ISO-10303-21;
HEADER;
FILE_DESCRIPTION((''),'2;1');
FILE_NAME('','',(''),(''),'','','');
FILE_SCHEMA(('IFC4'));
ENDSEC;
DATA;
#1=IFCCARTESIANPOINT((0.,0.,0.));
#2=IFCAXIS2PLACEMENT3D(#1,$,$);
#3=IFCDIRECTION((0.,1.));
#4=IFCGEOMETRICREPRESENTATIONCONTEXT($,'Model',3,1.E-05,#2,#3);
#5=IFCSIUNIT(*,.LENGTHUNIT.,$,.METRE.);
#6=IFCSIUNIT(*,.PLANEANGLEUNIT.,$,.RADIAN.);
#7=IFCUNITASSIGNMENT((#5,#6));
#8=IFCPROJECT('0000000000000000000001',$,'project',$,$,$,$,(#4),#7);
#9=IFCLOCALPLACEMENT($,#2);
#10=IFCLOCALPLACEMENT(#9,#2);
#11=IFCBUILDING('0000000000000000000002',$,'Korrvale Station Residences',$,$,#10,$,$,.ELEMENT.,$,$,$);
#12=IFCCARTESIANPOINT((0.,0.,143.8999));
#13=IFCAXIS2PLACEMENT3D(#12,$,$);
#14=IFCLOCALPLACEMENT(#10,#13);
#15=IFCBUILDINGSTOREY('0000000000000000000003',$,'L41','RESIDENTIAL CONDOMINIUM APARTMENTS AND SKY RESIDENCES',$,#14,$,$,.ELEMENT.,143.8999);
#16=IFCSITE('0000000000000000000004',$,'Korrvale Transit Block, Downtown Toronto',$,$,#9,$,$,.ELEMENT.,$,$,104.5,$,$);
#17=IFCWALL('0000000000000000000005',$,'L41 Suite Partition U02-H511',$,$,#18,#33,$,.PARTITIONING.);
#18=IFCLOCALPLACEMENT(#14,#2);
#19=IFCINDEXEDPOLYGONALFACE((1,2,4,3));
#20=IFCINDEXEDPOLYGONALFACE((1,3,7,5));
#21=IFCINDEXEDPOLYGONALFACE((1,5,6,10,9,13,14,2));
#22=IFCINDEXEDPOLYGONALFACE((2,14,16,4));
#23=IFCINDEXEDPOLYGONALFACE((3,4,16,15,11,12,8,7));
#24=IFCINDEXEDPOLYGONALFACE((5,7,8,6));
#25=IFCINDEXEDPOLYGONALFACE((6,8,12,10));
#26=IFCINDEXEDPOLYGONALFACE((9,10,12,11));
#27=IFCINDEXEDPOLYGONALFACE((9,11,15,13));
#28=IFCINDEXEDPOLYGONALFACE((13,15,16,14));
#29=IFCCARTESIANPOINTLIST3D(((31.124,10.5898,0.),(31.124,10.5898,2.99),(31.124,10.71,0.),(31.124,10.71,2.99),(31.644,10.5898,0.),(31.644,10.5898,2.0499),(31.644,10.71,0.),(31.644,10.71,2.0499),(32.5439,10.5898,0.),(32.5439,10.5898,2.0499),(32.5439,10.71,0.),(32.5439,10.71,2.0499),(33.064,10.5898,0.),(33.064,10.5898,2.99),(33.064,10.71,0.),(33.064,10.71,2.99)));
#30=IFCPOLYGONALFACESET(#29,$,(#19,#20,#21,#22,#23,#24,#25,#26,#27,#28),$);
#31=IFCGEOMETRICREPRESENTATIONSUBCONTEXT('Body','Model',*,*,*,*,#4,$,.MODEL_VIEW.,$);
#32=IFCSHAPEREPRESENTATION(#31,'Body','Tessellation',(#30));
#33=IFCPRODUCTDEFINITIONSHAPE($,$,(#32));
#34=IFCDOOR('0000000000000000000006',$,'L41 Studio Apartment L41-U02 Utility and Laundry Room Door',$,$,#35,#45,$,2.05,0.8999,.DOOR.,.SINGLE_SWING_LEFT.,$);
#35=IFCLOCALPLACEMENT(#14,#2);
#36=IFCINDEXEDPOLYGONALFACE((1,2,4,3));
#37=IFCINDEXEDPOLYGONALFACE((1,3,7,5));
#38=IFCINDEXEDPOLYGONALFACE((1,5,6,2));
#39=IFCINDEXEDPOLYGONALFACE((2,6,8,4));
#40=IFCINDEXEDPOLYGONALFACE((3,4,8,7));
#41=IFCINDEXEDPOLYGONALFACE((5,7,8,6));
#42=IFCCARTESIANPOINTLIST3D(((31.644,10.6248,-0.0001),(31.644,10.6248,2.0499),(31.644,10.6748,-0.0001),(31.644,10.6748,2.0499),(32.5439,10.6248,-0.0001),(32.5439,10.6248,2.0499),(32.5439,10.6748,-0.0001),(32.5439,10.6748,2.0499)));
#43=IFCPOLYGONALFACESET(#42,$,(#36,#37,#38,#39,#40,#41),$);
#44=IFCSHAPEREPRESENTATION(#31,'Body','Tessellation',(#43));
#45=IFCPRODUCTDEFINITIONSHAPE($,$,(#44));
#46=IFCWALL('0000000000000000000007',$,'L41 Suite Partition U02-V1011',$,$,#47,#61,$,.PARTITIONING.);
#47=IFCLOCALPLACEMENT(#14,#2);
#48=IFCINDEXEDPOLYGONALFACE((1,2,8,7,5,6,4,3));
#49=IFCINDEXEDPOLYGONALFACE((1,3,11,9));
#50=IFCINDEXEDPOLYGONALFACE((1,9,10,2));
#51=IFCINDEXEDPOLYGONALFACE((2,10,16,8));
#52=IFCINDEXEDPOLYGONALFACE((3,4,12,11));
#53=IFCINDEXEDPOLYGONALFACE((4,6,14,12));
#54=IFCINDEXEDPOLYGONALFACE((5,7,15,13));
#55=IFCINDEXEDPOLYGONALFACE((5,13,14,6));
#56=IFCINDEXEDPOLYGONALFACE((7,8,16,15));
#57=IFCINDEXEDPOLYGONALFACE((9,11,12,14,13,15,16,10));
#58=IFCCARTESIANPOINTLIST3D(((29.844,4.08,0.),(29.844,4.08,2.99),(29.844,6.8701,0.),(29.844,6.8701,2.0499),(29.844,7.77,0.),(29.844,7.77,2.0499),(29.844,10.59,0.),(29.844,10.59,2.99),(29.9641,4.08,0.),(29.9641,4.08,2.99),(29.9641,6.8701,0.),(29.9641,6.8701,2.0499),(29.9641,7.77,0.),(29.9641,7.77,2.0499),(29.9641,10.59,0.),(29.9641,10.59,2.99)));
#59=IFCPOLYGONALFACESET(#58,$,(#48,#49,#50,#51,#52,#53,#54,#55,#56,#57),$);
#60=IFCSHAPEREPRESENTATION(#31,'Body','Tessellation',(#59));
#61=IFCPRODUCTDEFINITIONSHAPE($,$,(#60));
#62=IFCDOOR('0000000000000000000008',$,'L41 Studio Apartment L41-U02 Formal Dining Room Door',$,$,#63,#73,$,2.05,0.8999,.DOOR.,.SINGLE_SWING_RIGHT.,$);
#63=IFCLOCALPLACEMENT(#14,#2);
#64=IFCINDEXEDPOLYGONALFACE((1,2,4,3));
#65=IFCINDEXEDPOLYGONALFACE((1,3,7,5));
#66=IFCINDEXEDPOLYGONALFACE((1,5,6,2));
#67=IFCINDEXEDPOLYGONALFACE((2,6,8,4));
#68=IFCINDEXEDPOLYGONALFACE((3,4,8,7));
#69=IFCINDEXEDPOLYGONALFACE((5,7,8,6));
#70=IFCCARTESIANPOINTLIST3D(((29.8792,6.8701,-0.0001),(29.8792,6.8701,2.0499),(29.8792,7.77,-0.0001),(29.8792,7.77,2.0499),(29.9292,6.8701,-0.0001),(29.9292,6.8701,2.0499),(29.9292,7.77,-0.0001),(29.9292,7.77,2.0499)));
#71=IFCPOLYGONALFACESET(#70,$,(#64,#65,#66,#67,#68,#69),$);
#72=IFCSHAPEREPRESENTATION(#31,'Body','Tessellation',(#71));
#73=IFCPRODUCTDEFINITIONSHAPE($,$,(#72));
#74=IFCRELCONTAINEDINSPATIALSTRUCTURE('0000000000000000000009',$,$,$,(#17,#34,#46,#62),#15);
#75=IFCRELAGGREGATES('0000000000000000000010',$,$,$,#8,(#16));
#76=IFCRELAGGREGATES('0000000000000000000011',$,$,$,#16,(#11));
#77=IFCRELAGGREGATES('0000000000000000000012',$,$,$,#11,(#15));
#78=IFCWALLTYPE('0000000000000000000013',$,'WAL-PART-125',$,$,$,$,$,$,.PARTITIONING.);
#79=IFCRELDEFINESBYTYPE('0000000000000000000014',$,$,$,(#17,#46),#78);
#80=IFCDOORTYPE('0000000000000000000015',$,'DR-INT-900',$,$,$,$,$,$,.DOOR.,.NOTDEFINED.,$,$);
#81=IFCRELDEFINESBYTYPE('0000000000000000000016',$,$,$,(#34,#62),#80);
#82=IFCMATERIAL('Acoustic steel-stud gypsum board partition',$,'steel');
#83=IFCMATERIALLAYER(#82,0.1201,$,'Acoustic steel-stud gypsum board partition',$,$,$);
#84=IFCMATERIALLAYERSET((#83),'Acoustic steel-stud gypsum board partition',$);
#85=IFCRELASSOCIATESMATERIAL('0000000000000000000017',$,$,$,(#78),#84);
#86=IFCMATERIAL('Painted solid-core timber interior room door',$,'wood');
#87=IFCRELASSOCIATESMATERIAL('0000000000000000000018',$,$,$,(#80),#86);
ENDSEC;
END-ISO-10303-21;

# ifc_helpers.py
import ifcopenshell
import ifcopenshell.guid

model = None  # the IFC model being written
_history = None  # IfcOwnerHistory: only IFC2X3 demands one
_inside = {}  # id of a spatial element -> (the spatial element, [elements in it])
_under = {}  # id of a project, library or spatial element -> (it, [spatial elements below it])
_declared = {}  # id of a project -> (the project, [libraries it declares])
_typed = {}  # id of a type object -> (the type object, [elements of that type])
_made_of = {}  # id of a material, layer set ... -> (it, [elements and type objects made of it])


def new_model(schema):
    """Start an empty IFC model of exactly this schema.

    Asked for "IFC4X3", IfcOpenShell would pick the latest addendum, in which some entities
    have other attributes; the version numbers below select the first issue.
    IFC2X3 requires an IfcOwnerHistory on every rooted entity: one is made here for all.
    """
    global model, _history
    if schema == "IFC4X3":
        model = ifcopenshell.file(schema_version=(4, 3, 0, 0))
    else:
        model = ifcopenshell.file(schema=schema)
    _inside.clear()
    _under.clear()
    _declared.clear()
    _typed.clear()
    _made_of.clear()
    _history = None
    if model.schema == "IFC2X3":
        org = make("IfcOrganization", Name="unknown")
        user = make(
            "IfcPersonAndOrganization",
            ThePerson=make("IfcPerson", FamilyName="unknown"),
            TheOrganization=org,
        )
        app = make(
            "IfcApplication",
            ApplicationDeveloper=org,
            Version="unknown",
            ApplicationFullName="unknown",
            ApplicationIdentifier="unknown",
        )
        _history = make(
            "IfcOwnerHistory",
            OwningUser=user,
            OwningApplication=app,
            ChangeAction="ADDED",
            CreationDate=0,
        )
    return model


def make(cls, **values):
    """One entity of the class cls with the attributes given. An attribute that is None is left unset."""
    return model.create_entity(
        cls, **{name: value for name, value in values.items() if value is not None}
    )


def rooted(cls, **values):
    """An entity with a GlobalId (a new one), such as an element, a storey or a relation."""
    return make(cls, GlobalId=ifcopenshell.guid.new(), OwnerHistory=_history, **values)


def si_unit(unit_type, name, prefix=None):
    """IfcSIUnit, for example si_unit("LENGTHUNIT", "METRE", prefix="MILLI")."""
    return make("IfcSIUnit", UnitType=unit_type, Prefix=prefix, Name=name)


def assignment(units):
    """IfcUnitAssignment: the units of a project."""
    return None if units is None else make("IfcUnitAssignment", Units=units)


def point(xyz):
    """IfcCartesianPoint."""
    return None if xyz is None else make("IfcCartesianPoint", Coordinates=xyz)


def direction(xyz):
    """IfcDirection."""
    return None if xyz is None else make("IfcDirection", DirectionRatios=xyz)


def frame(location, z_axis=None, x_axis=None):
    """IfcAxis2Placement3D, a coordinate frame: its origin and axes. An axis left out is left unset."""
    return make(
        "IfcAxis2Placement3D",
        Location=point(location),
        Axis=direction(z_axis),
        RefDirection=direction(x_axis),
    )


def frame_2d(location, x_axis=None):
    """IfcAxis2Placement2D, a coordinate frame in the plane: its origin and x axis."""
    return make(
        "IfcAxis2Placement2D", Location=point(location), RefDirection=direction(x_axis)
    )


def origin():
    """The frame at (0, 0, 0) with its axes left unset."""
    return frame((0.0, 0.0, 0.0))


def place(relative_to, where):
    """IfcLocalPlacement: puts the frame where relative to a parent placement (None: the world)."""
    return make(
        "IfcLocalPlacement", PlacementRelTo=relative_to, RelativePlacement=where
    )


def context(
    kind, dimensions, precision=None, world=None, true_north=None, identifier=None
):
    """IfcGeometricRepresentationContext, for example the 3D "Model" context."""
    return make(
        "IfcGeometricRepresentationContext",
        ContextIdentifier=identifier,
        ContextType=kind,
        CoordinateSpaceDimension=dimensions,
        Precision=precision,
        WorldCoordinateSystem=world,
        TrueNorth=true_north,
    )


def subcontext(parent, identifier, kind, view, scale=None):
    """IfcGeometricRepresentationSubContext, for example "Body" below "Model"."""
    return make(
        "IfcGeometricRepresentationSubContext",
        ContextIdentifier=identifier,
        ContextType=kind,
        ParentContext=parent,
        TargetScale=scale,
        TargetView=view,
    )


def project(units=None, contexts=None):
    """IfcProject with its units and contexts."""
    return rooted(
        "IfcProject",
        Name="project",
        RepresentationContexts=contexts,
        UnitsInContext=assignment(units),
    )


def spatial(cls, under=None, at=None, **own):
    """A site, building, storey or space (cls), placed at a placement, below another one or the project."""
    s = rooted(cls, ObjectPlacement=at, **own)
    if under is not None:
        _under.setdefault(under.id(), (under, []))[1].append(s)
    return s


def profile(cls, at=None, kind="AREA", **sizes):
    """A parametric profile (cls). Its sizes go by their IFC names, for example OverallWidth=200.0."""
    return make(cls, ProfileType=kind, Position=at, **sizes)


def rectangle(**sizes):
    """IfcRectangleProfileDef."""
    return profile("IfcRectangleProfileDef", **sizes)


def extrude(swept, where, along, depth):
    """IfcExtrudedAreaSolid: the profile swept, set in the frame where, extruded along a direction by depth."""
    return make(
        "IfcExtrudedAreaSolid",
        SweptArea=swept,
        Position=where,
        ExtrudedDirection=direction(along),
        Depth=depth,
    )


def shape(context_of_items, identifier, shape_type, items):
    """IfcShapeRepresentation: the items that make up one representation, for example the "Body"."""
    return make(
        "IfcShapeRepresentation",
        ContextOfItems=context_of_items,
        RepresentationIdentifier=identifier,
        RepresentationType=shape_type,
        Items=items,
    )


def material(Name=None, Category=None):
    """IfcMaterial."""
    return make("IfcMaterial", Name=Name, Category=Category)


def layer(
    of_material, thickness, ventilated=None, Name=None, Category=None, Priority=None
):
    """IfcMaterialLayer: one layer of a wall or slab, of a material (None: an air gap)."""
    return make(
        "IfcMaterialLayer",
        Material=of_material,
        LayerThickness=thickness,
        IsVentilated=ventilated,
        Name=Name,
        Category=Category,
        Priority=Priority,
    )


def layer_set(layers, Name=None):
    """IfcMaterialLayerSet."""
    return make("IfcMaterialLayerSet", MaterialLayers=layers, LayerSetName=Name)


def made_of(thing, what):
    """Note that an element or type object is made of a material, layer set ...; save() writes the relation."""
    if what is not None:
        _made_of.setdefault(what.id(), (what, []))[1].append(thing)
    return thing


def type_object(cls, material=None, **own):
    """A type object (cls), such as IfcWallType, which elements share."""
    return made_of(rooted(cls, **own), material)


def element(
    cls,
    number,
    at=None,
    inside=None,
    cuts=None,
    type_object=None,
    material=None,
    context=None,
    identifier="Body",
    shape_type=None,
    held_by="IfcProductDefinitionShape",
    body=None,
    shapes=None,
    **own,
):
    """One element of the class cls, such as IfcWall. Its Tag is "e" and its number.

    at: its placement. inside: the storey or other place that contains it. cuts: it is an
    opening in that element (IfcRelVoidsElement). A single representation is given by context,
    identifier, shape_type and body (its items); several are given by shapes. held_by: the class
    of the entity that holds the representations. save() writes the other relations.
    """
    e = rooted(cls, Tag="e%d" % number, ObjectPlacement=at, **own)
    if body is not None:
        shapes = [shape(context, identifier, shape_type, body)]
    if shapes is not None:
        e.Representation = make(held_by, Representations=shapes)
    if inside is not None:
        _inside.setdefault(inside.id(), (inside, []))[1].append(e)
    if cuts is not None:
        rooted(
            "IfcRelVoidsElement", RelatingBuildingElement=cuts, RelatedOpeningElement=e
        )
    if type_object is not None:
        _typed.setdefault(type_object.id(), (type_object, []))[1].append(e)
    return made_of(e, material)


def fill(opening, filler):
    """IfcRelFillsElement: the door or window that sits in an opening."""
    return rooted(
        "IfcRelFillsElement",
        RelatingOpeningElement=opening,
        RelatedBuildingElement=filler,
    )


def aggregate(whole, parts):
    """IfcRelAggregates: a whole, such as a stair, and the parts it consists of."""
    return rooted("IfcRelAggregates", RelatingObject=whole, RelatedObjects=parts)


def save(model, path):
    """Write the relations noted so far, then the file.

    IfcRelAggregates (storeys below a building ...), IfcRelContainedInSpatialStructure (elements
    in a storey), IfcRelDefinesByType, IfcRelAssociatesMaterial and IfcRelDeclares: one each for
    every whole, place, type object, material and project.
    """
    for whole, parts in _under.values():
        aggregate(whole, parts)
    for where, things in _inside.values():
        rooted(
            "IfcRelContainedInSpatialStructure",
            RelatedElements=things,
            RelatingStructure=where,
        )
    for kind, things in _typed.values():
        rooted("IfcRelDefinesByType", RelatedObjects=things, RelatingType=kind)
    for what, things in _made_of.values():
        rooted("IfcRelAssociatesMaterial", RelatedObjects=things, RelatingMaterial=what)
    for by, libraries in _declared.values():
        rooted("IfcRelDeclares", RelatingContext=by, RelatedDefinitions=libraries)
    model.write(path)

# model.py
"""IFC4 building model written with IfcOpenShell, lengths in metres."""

from ifc_helpers import new_model, si_unit, direction, frame, frame_2d, origin, place, context, subcontext, project, spatial, rectangle, extrude, material, layer, layer_set, type_object, element, fill, save


model = new_model("IFC4")

# Units and contexts
model_context = context("Model", 3, precision=1e-05, world=origin(), true_north=direction((0.0, 1.0)))
body_context = subcontext(model_context, "Body", "Model", "MODEL_VIEW")
ifc_project = project(units=[si_unit("LENGTHUNIT", "METRE"), si_unit("PLANEANGLEUNIT", "RADIAN")], contexts=[model_context])

# Site, building, storey
site_placement = place(None, origin())
site = spatial("IfcSite", under=ifc_project, at=site_placement, Name="Korrvale Transit Block, Downtown Toronto", CompositionType="ELEMENT", RefElevation=104.5)
building_placement = place(site_placement, origin())
building = spatial("IfcBuilding", under=site, at=building_placement, Name="Korrvale Station Residences", CompositionType="ELEMENT")
storey_placement = place(building_placement, frame((0.0, 0.0, 143.8999)))
storey = spatial("IfcBuildingStorey", under=building, at=storey_placement, Name="L41", Description="RESIDENTIAL CONDOMINIUM APARTMENTS AND SKY RESIDENCES", CompositionType="ELEMENT", Elevation=143.8999)

# Shared definitions
ifc_material_1 = material(Name="Acoustic steel-stud gypsum board partition", Category="steel")
ifc_layer_1 = layer(ifc_material_1, 0.1201, Name="Acoustic steel-stud gypsum board partition")
ifc_layer_set_1 = layer_set([ifc_layer_1], Name="Acoustic steel-stud gypsum board partition")
wall_type_1 = type_object("IfcWallType", Name="WAL-PART-125", PredefinedType="PARTITIONING", material=ifc_layer_set_1)

# Walls, openings, doors
wall_1_placement = place(storey_placement, frame((31.124, 10.6499, 0.0), z_axis=(0.0, 0.0, 1.0), x_axis=(1.0, 0.0, 0.0)))
wall_1 = element("IfcWall", 1, at=wall_1_placement, inside=storey, type_object=wall_type_1, Name="L41 Suite Partition U02-H511", PredefinedType="PARTITIONING", context=body_context, shape_type="SweptSolid", body=[
    extrude(rectangle(XDim=1.9399, YDim=0.1201, at=frame_2d((0.97, 0.0))), origin(), (0.0, 0.0, 1.0), 2.99),
])
opening_1_placement = place(wall_1_placement, frame((0.52, 0.0, 0.0)))
opening_1 = element("IfcOpeningElement", 2, at=opening_1_placement, cuts=wall_1, PredefinedType="OPENING", context=body_context, shape_type="SweptSolid", body=[
    extrude(rectangle(XDim=0.8999, YDim=2.05, at=frame_2d((0.45, 1.0249))), frame((0.0, 0.0701, 0.0), z_axis=(0.0, -1.0, 0.0), x_axis=(1.0, 0.0, 0.0)), (0.0, 0.0, 1.0), 0.1401),
])
ifc_material_2 = material(Name="Painted solid-core timber interior room door", Category="wood")
door_type = type_object("IfcDoorType", Name="DR-INT-900", OperationType="NOTDEFINED", PredefinedType="DOOR", material=ifc_material_2)
door_1_placement = place(opening_1_placement, origin())
door_1 = element("IfcDoor", 3, at=door_1_placement, inside=storey, type_object=door_type, Name="L41 Studio Apartment L41-U02 Utility and Laundry Room Door", OperationType="SINGLE_SWING_LEFT", OverallHeight=2.05, OverallWidth=0.8999, PredefinedType="DOOR", context=body_context, shape_type="SweptSolid", body=[
    extrude(rectangle(XDim=0.8999, YDim=2.05, at=frame_2d((0.45, 1.0249))), frame((0.0, 0.0249, 0.0), z_axis=(0.0, -1.0, 0.0), x_axis=(1.0, 0.0, 0.0)), (0.0, 0.0, 1.0), 0.05),
])
fill(opening_1, door_1)
wall_2_placement = place(storey_placement, frame((29.9041, 4.0801, 0.0), z_axis=(0.0, 0.0, 1.0), x_axis=(0.0, 1.0, 0.0)))
wall_2 = element("IfcWall", 4, at=wall_2_placement, inside=storey, type_object=wall_type_1, Name="L41 Suite Partition U02-V1011", PredefinedType="PARTITIONING", context=body_context, shape_type="SweptSolid", body=[
    extrude(rectangle(XDim=6.51, YDim=0.1201, at=frame_2d((3.2549, 0.0))), origin(), (0.0, 0.0, 1.0), 2.99),
])
opening_2_placement = place(wall_2_placement, frame((2.79, 0.0, 0.0)))
opening_2 = element("IfcOpeningElement", 5, at=opening_2_placement, cuts=wall_2, PredefinedType="OPENING", context=body_context, shape_type="SweptSolid", body=[
    extrude(rectangle(XDim=0.8999, YDim=2.05, at=frame_2d((0.45, 1.0249))), frame((0.0, 0.0701, 0.0), z_axis=(0.0, -1.0, 0.0), x_axis=(1.0, 0.0, 0.0)), (0.0, 0.0, 1.0), 0.1401),
])
door_2_placement = place(opening_2_placement, origin())
door_2 = element("IfcDoor", 6, at=door_2_placement, inside=storey, type_object=door_type, Name="L41 Studio Apartment L41-U02 Formal Dining Room Door", OperationType="SINGLE_SWING_RIGHT", OverallHeight=2.05, OverallWidth=0.8999, PredefinedType="DOOR", context=body_context, shape_type="SweptSolid", body=[
    extrude(rectangle(XDim=0.8999, YDim=2.05, at=frame_2d((0.45, 1.0249))), frame((0.0, 0.0249, 0.0), z_axis=(0.0, -1.0, 0.0), x_axis=(1.0, 0.0, 0.0)), (0.0, 0.0, 1.0), 0.05),
])
fill(opening_2, door_2)

save(model, "model.ifc")
